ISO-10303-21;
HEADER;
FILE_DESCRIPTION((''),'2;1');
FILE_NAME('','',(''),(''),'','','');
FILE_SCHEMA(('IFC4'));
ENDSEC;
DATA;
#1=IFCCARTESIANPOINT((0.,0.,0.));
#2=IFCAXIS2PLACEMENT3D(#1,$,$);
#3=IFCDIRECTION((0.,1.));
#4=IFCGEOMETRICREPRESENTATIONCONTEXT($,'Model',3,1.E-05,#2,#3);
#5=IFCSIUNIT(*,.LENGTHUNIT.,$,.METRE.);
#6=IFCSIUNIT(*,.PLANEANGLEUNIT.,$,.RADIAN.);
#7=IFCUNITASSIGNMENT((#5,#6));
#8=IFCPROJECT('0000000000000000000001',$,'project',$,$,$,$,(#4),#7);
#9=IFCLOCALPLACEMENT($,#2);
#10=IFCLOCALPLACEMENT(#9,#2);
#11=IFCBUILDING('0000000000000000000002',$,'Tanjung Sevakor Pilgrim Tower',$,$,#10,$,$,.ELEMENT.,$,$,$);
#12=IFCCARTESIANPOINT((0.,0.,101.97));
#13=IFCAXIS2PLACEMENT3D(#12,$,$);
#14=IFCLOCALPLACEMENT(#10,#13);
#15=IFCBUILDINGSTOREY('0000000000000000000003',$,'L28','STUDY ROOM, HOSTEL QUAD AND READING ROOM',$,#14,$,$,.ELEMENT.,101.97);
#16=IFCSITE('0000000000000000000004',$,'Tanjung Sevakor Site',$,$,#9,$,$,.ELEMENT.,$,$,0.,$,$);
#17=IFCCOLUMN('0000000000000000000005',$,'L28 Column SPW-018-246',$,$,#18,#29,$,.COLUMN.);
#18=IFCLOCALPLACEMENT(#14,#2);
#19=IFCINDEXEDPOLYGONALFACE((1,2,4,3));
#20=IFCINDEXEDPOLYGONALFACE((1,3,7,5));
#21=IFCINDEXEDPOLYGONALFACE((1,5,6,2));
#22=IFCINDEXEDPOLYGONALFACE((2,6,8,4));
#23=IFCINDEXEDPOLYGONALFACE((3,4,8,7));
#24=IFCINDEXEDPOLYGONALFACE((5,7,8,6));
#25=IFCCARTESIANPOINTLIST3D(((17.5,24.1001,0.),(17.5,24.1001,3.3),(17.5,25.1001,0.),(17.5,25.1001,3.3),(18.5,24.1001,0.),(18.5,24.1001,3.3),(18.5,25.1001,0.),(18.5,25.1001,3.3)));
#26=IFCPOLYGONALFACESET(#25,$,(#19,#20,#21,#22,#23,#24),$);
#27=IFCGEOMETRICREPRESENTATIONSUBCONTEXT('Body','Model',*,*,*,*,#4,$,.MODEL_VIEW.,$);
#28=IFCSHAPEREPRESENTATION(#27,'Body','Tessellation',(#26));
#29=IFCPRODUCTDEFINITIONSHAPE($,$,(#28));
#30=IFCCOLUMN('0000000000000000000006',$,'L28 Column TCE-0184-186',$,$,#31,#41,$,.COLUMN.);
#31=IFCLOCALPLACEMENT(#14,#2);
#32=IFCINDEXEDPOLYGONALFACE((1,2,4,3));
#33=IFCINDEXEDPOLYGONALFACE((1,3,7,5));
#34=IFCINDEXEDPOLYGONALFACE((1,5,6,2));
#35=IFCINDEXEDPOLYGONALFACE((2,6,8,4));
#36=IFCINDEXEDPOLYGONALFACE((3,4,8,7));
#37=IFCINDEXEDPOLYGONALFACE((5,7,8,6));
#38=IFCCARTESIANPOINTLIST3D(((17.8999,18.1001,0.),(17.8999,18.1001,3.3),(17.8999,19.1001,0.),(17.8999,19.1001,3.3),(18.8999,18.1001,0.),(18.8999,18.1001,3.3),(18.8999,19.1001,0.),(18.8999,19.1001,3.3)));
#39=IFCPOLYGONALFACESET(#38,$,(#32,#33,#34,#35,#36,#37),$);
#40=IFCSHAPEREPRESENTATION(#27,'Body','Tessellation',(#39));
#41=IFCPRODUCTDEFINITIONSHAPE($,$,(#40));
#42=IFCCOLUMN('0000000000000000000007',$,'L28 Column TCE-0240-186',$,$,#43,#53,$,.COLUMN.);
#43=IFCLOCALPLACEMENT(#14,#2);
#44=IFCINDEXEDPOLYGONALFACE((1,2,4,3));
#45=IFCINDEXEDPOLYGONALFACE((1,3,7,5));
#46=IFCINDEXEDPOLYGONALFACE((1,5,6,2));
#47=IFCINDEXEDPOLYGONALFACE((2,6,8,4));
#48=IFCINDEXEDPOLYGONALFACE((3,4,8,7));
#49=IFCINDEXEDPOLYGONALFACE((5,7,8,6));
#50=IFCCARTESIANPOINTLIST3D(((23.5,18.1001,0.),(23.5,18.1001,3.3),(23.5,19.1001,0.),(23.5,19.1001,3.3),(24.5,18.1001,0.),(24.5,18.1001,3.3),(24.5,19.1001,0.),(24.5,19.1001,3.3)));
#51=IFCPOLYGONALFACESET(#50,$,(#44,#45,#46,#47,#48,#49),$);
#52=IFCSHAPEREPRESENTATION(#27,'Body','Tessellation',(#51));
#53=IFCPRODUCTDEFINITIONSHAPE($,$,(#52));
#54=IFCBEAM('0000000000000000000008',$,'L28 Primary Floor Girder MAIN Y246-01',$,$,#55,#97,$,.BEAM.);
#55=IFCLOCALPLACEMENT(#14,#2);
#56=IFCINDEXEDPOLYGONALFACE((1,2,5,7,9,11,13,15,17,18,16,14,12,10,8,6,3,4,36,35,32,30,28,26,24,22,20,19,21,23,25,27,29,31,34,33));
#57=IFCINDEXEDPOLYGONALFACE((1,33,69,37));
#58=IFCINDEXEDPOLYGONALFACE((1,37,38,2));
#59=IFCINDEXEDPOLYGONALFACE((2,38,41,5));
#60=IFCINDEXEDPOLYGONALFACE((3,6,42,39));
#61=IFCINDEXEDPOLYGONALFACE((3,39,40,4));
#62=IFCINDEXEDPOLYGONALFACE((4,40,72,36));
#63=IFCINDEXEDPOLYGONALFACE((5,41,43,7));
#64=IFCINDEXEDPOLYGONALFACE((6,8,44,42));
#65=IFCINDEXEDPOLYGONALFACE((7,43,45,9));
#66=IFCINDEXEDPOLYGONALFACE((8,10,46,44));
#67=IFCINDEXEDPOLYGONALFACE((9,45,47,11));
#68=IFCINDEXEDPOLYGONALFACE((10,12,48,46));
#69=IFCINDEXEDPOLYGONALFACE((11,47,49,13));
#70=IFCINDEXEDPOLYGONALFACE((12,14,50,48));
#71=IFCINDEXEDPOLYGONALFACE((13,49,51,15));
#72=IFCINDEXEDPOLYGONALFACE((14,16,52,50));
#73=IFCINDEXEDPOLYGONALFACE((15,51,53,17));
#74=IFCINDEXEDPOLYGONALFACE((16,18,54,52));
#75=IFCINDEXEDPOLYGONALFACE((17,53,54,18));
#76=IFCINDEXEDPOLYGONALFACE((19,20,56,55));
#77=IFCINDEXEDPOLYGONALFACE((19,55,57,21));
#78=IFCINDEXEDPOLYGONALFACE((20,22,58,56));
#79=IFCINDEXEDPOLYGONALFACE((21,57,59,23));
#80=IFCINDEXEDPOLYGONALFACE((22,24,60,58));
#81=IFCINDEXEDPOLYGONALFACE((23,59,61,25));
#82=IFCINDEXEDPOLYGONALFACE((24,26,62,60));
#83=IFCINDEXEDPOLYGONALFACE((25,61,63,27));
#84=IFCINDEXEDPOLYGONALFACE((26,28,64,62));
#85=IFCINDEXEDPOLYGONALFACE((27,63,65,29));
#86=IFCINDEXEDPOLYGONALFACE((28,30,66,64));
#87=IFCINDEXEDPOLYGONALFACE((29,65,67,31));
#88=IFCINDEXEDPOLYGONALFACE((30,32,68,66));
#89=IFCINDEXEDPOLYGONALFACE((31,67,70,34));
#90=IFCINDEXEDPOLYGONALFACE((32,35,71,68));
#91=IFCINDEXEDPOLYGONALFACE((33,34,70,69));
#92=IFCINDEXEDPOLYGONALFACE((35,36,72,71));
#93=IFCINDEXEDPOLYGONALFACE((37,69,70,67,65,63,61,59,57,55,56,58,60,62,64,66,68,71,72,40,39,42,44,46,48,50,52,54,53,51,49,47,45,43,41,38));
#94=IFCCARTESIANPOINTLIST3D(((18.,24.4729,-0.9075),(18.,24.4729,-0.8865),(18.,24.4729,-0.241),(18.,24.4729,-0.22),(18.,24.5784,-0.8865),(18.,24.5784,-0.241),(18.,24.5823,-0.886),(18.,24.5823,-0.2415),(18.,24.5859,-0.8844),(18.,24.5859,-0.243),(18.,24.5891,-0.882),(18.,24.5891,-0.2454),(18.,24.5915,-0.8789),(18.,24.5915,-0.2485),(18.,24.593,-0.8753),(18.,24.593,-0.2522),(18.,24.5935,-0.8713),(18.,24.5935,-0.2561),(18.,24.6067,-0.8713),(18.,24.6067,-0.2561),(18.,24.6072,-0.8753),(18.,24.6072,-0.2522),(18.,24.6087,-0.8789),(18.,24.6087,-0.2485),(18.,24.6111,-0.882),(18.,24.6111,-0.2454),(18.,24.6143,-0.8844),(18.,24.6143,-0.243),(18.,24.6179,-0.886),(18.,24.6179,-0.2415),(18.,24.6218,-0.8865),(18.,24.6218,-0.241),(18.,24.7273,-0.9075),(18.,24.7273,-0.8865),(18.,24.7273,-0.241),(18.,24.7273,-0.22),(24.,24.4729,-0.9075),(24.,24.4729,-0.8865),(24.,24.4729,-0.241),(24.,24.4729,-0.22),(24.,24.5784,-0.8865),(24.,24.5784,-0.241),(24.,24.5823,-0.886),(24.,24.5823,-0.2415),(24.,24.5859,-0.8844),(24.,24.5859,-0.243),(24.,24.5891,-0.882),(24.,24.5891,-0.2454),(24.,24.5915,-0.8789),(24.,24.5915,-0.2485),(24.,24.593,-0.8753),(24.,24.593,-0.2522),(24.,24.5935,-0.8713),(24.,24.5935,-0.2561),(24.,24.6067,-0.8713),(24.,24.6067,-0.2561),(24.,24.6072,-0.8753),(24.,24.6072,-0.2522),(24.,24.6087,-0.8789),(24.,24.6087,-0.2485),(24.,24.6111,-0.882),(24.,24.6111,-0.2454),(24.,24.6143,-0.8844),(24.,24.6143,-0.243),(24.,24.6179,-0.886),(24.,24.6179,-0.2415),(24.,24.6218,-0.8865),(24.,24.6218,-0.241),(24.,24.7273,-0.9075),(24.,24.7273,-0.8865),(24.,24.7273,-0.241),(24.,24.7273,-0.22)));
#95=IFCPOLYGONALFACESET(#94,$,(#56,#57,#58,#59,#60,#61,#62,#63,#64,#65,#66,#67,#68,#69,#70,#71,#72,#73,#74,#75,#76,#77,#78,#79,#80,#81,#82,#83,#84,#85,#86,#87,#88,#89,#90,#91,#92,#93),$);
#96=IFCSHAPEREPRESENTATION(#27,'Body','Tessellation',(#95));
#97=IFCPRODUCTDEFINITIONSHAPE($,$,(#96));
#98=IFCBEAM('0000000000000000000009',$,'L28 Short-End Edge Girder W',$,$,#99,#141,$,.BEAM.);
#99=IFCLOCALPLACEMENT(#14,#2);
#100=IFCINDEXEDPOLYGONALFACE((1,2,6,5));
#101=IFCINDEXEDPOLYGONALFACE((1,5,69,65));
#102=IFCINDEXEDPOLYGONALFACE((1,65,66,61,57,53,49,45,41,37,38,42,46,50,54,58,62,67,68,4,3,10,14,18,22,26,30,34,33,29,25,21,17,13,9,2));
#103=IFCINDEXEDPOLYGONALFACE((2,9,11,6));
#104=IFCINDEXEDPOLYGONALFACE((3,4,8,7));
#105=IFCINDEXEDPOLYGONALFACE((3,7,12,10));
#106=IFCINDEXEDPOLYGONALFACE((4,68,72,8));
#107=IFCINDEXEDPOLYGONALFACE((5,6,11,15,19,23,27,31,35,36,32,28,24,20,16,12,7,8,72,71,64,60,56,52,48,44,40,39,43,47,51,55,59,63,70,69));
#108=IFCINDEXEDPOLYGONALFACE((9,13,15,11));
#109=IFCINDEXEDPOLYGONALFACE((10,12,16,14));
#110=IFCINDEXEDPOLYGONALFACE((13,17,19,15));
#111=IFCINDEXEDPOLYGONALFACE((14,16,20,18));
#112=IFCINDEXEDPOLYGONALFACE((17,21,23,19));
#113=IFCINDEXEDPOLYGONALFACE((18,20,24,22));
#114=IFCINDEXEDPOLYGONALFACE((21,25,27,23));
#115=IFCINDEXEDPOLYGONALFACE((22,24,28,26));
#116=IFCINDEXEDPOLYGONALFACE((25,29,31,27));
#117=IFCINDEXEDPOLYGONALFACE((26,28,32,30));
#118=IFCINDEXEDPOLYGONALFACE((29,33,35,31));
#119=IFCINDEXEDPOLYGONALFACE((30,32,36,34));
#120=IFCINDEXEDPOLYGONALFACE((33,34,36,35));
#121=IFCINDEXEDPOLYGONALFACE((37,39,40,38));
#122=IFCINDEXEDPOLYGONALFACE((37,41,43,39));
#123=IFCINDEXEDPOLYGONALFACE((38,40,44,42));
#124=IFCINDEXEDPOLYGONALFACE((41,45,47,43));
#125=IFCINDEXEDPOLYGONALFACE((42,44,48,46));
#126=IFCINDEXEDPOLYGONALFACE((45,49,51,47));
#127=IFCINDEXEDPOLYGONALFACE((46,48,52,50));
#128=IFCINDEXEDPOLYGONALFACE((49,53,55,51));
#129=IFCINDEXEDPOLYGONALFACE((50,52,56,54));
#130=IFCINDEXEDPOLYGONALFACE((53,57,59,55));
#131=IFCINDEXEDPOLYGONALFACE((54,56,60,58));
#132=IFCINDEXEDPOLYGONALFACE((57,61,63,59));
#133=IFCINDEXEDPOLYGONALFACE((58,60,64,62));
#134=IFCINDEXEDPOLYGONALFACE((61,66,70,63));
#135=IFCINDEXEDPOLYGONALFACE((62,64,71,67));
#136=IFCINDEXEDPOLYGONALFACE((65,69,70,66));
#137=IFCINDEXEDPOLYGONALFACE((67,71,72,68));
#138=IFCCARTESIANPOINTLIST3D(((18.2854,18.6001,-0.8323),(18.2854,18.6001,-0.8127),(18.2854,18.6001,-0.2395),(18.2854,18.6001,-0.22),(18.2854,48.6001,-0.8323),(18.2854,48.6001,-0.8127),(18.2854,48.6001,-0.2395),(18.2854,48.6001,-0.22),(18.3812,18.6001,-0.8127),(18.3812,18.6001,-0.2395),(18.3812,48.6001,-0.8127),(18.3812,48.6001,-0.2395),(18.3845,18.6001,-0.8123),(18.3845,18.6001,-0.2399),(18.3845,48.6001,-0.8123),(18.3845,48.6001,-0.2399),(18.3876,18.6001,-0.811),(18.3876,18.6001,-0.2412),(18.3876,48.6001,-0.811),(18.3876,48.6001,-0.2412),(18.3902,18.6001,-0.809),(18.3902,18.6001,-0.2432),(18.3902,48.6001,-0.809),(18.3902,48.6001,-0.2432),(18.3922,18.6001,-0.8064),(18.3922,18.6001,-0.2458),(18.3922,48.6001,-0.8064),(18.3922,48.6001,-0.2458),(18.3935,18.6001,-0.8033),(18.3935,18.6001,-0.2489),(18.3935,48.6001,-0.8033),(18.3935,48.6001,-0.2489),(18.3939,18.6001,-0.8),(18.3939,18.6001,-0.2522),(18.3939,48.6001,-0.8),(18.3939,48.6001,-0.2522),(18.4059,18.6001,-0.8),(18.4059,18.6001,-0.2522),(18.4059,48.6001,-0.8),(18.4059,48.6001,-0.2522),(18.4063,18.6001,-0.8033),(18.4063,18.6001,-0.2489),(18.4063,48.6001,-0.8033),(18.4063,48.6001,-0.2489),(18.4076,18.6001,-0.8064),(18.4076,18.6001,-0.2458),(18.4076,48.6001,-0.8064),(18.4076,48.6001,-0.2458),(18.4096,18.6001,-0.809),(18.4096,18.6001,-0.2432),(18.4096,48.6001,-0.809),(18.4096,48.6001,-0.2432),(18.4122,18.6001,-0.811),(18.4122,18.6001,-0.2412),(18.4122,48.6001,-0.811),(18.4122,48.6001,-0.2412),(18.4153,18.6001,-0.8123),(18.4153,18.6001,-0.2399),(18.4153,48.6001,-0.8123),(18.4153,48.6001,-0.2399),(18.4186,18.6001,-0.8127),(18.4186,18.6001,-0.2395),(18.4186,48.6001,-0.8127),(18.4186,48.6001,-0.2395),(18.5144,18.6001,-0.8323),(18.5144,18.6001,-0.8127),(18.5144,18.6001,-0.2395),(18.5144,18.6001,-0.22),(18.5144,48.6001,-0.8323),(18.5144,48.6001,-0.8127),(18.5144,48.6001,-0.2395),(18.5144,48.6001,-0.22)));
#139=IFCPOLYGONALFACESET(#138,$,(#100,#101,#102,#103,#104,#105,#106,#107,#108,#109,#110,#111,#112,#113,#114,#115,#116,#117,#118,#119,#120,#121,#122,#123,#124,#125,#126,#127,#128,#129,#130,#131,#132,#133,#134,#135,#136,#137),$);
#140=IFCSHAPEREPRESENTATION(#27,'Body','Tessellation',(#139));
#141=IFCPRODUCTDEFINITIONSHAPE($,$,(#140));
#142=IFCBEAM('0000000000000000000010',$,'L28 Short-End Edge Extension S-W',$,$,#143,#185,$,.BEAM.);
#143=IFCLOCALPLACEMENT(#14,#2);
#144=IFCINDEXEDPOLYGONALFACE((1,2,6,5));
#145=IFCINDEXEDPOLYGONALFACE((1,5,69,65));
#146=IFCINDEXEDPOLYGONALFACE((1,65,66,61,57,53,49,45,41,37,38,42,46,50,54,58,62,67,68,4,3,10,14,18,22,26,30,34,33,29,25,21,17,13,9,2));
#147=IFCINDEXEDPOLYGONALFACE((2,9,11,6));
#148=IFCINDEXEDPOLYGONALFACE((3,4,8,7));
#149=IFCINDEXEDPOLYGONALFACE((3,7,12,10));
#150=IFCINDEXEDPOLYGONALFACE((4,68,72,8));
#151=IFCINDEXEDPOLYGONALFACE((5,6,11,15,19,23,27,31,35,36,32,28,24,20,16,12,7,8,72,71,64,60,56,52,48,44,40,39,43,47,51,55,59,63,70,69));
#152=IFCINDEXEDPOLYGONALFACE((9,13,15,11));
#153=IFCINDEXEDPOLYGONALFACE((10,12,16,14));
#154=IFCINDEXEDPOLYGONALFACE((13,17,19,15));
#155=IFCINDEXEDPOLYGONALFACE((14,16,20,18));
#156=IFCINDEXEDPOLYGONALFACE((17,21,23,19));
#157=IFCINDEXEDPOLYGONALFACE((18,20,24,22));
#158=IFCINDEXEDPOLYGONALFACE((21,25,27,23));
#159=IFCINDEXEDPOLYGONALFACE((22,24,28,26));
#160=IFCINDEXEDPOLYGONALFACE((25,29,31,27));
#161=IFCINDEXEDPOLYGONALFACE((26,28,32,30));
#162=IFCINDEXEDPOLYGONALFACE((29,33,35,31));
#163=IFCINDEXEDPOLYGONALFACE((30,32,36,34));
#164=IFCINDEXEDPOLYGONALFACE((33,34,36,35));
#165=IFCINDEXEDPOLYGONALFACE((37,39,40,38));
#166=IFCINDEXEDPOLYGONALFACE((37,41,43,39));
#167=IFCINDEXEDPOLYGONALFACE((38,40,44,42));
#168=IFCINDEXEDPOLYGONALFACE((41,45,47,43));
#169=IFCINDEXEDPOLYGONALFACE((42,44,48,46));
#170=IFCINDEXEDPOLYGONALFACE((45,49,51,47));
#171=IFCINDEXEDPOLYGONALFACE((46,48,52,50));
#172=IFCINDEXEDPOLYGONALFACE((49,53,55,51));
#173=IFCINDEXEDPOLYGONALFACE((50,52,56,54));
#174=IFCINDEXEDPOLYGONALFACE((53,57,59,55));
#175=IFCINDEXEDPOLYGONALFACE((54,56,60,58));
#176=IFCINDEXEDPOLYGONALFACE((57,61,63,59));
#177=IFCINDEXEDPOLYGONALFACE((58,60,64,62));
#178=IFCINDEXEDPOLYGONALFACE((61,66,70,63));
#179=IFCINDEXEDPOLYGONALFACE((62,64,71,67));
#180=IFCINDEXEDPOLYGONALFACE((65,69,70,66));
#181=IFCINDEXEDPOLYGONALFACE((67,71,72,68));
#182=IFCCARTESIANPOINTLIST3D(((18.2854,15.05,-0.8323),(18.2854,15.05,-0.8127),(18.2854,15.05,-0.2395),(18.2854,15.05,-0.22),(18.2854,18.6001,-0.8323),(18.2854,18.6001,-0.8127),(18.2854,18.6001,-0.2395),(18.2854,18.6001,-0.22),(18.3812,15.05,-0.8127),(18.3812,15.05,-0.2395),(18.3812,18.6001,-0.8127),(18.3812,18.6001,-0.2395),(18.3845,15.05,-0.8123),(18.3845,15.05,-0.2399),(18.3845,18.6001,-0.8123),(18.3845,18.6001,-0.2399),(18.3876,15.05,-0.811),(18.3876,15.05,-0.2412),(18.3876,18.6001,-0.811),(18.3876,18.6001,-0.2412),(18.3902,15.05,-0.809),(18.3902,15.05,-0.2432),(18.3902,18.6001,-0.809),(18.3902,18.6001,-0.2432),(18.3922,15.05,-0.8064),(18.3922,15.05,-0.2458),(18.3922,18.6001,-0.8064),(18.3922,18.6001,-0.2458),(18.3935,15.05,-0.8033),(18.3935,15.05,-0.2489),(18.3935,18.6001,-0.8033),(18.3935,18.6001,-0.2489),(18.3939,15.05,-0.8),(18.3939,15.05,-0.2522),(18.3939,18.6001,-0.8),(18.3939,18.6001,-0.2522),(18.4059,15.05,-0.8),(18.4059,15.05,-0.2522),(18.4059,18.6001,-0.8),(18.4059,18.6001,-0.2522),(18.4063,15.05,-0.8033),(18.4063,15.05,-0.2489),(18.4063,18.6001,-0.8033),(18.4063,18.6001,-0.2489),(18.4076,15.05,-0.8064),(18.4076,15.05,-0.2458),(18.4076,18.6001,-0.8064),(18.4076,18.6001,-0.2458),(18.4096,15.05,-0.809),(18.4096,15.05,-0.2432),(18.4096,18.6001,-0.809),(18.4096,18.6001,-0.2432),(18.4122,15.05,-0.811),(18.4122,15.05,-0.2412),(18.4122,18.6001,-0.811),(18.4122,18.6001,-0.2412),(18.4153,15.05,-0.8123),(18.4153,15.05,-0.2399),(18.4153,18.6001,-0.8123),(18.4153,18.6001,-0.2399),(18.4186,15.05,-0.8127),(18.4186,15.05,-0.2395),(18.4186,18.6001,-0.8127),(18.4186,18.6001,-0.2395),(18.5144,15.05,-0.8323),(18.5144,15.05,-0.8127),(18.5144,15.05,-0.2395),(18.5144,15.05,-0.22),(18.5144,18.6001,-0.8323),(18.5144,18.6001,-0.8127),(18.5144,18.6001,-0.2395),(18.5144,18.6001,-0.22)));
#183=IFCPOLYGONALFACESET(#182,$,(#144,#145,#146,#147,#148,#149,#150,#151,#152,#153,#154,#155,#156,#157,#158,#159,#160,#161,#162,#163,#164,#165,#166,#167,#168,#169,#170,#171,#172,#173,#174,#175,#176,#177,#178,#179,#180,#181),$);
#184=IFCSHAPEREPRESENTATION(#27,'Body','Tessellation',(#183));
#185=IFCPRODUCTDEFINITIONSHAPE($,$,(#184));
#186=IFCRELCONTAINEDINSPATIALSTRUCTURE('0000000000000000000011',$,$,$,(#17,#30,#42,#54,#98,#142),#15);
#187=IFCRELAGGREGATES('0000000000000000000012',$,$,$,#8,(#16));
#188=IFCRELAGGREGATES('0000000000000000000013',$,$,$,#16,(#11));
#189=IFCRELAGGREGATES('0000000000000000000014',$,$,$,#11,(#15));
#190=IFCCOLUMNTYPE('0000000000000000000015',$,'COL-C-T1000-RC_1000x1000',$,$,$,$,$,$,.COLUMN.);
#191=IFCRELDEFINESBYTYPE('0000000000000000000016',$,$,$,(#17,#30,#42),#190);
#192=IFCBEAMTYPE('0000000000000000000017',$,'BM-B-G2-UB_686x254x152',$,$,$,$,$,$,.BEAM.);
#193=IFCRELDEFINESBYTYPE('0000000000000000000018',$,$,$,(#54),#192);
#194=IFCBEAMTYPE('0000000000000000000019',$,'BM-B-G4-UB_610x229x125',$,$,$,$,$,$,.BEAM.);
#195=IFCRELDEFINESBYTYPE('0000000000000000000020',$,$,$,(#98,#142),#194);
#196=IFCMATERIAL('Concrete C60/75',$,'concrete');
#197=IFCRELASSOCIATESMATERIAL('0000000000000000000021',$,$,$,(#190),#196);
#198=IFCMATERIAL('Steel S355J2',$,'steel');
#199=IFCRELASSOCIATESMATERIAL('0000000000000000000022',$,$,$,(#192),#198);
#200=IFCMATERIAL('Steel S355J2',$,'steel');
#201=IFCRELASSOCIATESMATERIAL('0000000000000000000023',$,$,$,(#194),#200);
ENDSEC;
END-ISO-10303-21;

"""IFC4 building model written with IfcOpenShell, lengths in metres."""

from ifc_helpers import new_model, si_unit, direction, frame, origin, origin_2d, place, context, subcontext, project, spatial, rectangle, i_section, extrude, material, material_profile, profile_set, type_object, element, save


model = new_model("IFC4")

# Units and contexts
model_context = context("Model", 3, precision=1e-05, world=origin(), true_north=direction((0.0, 1.0)))
body_context = subcontext(model_context, "Body", "Model", "MODEL_VIEW")
ifc_project = project(units=[si_unit("LENGTHUNIT", "METRE"), si_unit("PLANEANGLEUNIT", "RADIAN")], contexts=[model_context])

# Site, building, storey
site_placement = place(None, origin())
site = spatial("IfcSite", under=ifc_project, at=site_placement, Name="Tanjung Sevakor Site", CompositionType="ELEMENT", RefElevation=0.0)
building_placement = place(site_placement, origin())
building = spatial("IfcBuilding", under=site, at=building_placement, Name="Tanjung Sevakor Pilgrim Tower", CompositionType="ELEMENT")
storey_placement = place(building_placement, frame((0.0, 0.0, 101.97)))
storey = spatial("IfcBuildingStorey", under=building, at=storey_placement, Name="L28", Description="STUDY ROOM, HOSTEL QUAD AND READING ROOM", CompositionType="ELEMENT", Elevation=101.97)

# Columns
ifc_material_1 = material(Name="Concrete C60/75", Category="concrete")
ifc_material_profile_1 = material_profile(ifc_material_1, rectangle(XDim=1.0, YDim=1.0, at=origin_2d()))
ifc_profile_set_1 = profile_set([ifc_material_profile_1], Name="Concrete C60/75")
column_type = type_object("IfcColumnType", Name="COL-C-T1000-RC_1000x1000", PredefinedType="COLUMN", material=ifc_profile_set_1)
for number, where, z_axis, x_axis, name in (
    (1, (18.0, 24.6001, 0.0), (0.0, 0.0, 1.0), (1.0, 0.0, 0.0), "L28 Column SPW-018-246"),
    (2, (18.3999, 18.6001, 0.0), (0.0, 0.0, 1.0), (1.0, 0.0, 0.0), "L28 Column TCE-0184-186"),
    (3, (24.0, 18.6001, 0.0), (0.0, 0.0, 1.0), (1.0, 0.0, 0.0), "L28 Column TCE-0240-186"),
):
    element("IfcColumn", number, at=place(storey_placement, frame(where, z_axis=z_axis, x_axis=x_axis)), inside=storey, type_object=column_type, Name=name, PredefinedType="COLUMN", context=body_context, shape_type="SweptSolid", body=[
        extrude(rectangle(XDim=1.0, YDim=1.0, at=origin_2d()), origin(), (0.0, 0.0, 1.0), 3.3),
    ])

# Beams
ifc_material_2 = material(Name="Steel S355J2", Category="steel")
ifc_material_profile_2 = material_profile(ifc_material_2, i_section(OverallWidth=0.2544, OverallDepth=0.6875, WebThickness=0.0132, FlangeThickness=0.021, FilletRadius=0.0151, at=origin_2d()))
ifc_profile_set_2 = profile_set([ifc_material_profile_2], Name="Steel S355J2")
beam_type_1 = type_object("IfcBeamType", Name="BM-B-G2-UB_686x254x152", PredefinedType="BEAM", material=ifc_profile_set_2)
beam_1_placement = place(storey_placement, frame((18.0, 24.6001, -0.5637), z_axis=(1.0, 0.0, 0.0), x_axis=(0.0, 1.0, 0.0)))
element("IfcBeam", 4, at=beam_1_placement, inside=storey, type_object=beam_type_1, Name="L28 Primary Floor Girder MAIN Y246-01", PredefinedType="BEAM", context=body_context, shape_type="SweptSolid", body=[
    extrude(i_section(OverallWidth=0.2544, OverallDepth=0.6875, WebThickness=0.0132, FlangeThickness=0.021, FilletRadius=0.0151, at=origin_2d()), origin(), (0.0, 0.0, 1.0), 6.0),
])
ifc_material_3 = material(Name="Steel S355J2", Category="steel")
ifc_material_profile_3 = material_profile(ifc_material_3, i_section(OverallWidth=0.229, OverallDepth=0.6123, WebThickness=0.012, FlangeThickness=0.0195, FilletRadius=0.0127, at=origin_2d()))
ifc_profile_set_3 = profile_set([ifc_material_profile_3], Name="Steel S355J2")
beam_type_2 = type_object("IfcBeamType", Name="BM-B-G4-UB_610x229x125", PredefinedType="BEAM", material=ifc_profile_set_3)
beam_2_placement = place(storey_placement, frame((18.3999, 18.6001, -0.5261), z_axis=(0.0, 1.0, 0.0), x_axis=(-1.0, 0.0, 0.0)))
element("IfcBeam", 5, at=beam_2_placement, inside=storey, type_object=beam_type_2, Name="L28 Short-End Edge Girder W", PredefinedType="BEAM", context=body_context, shape_type="SweptSolid", body=[
    extrude(i_section(OverallWidth=0.229, OverallDepth=0.6123, WebThickness=0.012, FlangeThickness=0.0195, FilletRadius=0.0127, at=origin_2d()), origin(), (0.0, 0.0, 1.0), 30.0),
])
beam_3_placement = place(storey_placement, frame((18.3999, 18.6001, -0.5261), z_axis=(0.0, -1.0, 0.0), x_axis=(1.0, 0.0, 0.0)))
element("IfcBeam", 6, at=beam_3_placement, inside=storey, type_object=beam_type_2, Name="L28 Short-End Edge Extension S-W", PredefinedType="BEAM", context=body_context, shape_type="SweptSolid", body=[
    extrude(i_section(OverallWidth=0.229, OverallDepth=0.6123, WebThickness=0.012, FlangeThickness=0.0195, FilletRadius=0.0127, at=origin_2d()), origin(), (0.0, 0.0, 1.0), 3.55),
])

save(model, "model.ifc")
